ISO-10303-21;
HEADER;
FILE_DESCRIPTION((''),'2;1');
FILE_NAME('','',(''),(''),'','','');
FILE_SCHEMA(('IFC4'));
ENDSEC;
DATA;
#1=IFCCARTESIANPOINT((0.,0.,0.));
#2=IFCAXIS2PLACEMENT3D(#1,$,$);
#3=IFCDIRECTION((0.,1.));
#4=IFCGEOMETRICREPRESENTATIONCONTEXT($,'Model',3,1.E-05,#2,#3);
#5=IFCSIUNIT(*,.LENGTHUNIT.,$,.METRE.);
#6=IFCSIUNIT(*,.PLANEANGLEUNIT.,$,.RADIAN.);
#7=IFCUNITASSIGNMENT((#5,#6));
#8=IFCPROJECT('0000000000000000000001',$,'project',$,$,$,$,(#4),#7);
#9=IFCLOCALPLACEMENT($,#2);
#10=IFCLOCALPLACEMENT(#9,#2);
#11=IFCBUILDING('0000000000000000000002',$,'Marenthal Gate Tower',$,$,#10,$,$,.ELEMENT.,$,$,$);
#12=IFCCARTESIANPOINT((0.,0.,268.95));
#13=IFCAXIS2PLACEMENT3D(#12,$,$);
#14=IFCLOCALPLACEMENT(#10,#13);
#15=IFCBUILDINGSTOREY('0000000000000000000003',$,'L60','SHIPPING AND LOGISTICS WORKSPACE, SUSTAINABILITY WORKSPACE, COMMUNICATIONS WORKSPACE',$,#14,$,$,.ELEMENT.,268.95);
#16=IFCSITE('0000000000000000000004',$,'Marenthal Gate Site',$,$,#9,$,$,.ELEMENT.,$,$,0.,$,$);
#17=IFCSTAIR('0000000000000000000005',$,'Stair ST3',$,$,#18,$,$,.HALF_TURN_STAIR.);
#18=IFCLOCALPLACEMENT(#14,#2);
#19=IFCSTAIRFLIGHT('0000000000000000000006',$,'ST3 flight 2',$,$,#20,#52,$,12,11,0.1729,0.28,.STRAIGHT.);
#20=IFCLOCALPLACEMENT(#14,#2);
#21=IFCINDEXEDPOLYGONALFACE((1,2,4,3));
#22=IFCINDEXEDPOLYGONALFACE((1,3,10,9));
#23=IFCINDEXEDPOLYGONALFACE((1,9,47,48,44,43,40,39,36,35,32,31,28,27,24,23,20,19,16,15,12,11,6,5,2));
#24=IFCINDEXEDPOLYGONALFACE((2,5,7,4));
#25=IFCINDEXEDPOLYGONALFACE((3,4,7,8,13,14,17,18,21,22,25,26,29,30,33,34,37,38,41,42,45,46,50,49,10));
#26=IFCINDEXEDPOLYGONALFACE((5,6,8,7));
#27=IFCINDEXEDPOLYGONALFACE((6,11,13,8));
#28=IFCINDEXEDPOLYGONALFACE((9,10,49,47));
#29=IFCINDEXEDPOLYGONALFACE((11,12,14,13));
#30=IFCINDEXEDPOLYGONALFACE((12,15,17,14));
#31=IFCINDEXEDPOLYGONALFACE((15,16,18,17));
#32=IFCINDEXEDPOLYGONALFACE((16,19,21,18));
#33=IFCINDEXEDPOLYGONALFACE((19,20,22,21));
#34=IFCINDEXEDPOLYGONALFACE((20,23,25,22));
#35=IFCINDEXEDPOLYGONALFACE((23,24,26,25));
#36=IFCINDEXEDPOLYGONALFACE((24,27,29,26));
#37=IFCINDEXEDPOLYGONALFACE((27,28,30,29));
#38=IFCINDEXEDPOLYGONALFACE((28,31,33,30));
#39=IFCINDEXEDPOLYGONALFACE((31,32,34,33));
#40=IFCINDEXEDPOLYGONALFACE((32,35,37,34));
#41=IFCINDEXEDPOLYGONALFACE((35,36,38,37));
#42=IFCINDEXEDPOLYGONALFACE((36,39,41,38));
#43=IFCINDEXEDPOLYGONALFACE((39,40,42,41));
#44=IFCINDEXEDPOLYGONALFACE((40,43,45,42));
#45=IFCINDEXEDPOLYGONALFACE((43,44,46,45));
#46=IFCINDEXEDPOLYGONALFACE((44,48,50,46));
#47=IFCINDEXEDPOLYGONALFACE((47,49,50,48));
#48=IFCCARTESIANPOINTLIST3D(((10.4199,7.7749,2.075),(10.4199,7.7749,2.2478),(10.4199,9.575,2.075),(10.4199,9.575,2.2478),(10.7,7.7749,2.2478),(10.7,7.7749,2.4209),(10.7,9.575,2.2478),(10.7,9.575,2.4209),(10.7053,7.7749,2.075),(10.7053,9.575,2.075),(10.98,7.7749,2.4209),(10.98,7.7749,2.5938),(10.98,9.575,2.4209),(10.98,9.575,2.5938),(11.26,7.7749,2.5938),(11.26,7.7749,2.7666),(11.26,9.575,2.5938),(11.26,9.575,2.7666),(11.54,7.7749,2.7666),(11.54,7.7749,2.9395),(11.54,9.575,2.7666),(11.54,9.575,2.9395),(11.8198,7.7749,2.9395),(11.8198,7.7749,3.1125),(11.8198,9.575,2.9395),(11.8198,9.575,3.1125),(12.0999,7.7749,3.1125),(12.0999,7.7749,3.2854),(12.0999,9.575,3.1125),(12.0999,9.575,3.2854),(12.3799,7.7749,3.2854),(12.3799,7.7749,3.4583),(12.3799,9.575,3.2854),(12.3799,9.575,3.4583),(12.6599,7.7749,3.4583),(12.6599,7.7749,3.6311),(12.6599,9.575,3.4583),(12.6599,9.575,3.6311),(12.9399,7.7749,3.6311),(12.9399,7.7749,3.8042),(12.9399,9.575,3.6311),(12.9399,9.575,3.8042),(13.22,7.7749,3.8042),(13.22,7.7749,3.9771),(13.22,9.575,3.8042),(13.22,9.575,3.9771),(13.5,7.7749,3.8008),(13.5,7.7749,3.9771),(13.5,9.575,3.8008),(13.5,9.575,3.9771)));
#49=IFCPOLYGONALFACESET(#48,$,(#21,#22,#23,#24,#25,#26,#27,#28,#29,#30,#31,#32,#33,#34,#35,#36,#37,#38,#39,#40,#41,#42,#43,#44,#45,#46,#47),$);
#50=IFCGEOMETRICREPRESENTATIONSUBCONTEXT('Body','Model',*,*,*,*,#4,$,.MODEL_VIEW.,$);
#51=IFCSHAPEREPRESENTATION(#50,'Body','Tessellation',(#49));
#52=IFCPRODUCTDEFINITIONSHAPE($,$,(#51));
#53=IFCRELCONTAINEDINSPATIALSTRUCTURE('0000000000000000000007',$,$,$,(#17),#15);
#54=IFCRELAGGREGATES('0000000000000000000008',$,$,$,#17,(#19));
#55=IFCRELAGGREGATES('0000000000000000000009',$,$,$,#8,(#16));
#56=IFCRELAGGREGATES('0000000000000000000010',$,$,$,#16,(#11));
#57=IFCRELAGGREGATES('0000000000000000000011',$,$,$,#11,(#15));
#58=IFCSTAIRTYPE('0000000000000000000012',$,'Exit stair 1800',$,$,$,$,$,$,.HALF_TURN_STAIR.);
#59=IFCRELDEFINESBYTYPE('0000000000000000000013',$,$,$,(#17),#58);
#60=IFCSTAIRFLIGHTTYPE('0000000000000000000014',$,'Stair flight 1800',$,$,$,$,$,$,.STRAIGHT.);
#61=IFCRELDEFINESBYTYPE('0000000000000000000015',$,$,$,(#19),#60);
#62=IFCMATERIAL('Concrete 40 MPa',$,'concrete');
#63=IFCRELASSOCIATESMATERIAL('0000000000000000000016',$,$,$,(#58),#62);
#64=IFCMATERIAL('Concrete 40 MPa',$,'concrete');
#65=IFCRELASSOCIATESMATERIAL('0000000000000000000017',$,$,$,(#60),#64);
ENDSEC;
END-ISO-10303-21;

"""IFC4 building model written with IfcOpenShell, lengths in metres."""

from ifc_helpers import new_model, si_unit, direction, frame, origin, place, context, subcontext, project, spatial, polyline, outline, extrude, material, type_object, element, aggregate, save


model = new_model("IFC4")

# Units and contexts
model_context = context("Model", 3, precision=1e-05, world=origin(), true_north=direction((0.0, 1.0)))
body_context = subcontext(model_context, "Body", "Model", "MODEL_VIEW")
ifc_project = project(units=[si_unit("LENGTHUNIT", "METRE"), si_unit("PLANEANGLEUNIT", "RADIAN")], contexts=[model_context])

# Site, building, storey
site_placement = place(None, origin())
site = spatial("IfcSite", under=ifc_project, at=site_placement, Name="Marenthal Gate Site", CompositionType="ELEMENT", RefElevation=0.0)
building_placement = place(site_placement, origin())
building = spatial("IfcBuilding", under=site, at=building_placement, Name="Marenthal Gate Tower", CompositionType="ELEMENT")
storey_placement = place(building_placement, frame((0.0, 0.0, 268.95)))
storey = spatial("IfcBuildingStorey", under=building, at=storey_placement, Name="L60", Description="SHIPPING AND LOGISTICS WORKSPACE, SUSTAINABILITY WORKSPACE, COMMUNICATIONS WORKSPACE", CompositionType="ELEMENT", Elevation=268.95)

# Stair
ifc_material_1 = material(Name="Concrete 40 MPa", Category="concrete")
stair_type = type_object("IfcStairType", Name="Exit stair 1800", PredefinedType="HALF_TURN_STAIR", material=ifc_material_1)
stair_1_placement = place(storey_placement, origin())
stair_1 = element("IfcStair", 1, at=stair_1_placement, inside=storey, type_object=stair_type, Name="Stair ST3", PredefinedType="HALF_TURN_STAIR")

# Stair flight
ifc_material_2 = material(Name="Concrete 40 MPa", Category="concrete")
stair_flight_type = type_object("IfcStairFlightType", Name="Stair flight 1800", PredefinedType="STRAIGHT", material=ifc_material_2)
stair_flight_1_placement = place(storey_placement, frame((10.4199, 8.675, 2.075), z_axis=(0.0, 0.0, 1.0), x_axis=(1.0, 0.0, 0.0)))
stair_flight_1 = element("IfcStairFlight", 2, at=stair_flight_1_placement, type_object=stair_flight_type, Name="ST3 flight 2", NumberOfRisers=12, NumberOfTreads=11, PredefinedType="STRAIGHT", RiserHeight=0.1729, TreadLength=0.28, context=body_context, shape_type="SweptSolid", body=[
    extrude(outline(polyline([(0.0, 0.0), (0.0, 0.1729), (0.28, 0.1729), (0.28, 0.3459), (0.5601, 0.3459), (0.5601, 0.5188), (0.8401, 0.5188), (0.8401, 0.6917), (1.1201, 0.6917), (1.1201, 0.8645), (1.3999, 0.8645), (1.3999, 1.0376), (1.6799, 1.0376), (1.6799, 1.2104), (1.96, 1.2104), (1.96, 1.3833), (2.24, 1.3833), (2.24, 1.5562), (2.52, 1.5562), (2.52, 1.7292), (2.8, 1.7292), (2.8, 1.9021), (3.0801, 1.9021), (3.0801, 2.075), (3.0801, 1.7258), (0.2854, 0.0), (0.0, 0.0)])), frame((0.0, 0.8999, 0.0), z_axis=(0.0, -1.0, 0.0), x_axis=(1.0, 0.0, 0.0)), (0.0, 0.0, 1.0), 1.8),
])
aggregate(stair_1, [stair_flight_1])

save(model, "model.ifc")
